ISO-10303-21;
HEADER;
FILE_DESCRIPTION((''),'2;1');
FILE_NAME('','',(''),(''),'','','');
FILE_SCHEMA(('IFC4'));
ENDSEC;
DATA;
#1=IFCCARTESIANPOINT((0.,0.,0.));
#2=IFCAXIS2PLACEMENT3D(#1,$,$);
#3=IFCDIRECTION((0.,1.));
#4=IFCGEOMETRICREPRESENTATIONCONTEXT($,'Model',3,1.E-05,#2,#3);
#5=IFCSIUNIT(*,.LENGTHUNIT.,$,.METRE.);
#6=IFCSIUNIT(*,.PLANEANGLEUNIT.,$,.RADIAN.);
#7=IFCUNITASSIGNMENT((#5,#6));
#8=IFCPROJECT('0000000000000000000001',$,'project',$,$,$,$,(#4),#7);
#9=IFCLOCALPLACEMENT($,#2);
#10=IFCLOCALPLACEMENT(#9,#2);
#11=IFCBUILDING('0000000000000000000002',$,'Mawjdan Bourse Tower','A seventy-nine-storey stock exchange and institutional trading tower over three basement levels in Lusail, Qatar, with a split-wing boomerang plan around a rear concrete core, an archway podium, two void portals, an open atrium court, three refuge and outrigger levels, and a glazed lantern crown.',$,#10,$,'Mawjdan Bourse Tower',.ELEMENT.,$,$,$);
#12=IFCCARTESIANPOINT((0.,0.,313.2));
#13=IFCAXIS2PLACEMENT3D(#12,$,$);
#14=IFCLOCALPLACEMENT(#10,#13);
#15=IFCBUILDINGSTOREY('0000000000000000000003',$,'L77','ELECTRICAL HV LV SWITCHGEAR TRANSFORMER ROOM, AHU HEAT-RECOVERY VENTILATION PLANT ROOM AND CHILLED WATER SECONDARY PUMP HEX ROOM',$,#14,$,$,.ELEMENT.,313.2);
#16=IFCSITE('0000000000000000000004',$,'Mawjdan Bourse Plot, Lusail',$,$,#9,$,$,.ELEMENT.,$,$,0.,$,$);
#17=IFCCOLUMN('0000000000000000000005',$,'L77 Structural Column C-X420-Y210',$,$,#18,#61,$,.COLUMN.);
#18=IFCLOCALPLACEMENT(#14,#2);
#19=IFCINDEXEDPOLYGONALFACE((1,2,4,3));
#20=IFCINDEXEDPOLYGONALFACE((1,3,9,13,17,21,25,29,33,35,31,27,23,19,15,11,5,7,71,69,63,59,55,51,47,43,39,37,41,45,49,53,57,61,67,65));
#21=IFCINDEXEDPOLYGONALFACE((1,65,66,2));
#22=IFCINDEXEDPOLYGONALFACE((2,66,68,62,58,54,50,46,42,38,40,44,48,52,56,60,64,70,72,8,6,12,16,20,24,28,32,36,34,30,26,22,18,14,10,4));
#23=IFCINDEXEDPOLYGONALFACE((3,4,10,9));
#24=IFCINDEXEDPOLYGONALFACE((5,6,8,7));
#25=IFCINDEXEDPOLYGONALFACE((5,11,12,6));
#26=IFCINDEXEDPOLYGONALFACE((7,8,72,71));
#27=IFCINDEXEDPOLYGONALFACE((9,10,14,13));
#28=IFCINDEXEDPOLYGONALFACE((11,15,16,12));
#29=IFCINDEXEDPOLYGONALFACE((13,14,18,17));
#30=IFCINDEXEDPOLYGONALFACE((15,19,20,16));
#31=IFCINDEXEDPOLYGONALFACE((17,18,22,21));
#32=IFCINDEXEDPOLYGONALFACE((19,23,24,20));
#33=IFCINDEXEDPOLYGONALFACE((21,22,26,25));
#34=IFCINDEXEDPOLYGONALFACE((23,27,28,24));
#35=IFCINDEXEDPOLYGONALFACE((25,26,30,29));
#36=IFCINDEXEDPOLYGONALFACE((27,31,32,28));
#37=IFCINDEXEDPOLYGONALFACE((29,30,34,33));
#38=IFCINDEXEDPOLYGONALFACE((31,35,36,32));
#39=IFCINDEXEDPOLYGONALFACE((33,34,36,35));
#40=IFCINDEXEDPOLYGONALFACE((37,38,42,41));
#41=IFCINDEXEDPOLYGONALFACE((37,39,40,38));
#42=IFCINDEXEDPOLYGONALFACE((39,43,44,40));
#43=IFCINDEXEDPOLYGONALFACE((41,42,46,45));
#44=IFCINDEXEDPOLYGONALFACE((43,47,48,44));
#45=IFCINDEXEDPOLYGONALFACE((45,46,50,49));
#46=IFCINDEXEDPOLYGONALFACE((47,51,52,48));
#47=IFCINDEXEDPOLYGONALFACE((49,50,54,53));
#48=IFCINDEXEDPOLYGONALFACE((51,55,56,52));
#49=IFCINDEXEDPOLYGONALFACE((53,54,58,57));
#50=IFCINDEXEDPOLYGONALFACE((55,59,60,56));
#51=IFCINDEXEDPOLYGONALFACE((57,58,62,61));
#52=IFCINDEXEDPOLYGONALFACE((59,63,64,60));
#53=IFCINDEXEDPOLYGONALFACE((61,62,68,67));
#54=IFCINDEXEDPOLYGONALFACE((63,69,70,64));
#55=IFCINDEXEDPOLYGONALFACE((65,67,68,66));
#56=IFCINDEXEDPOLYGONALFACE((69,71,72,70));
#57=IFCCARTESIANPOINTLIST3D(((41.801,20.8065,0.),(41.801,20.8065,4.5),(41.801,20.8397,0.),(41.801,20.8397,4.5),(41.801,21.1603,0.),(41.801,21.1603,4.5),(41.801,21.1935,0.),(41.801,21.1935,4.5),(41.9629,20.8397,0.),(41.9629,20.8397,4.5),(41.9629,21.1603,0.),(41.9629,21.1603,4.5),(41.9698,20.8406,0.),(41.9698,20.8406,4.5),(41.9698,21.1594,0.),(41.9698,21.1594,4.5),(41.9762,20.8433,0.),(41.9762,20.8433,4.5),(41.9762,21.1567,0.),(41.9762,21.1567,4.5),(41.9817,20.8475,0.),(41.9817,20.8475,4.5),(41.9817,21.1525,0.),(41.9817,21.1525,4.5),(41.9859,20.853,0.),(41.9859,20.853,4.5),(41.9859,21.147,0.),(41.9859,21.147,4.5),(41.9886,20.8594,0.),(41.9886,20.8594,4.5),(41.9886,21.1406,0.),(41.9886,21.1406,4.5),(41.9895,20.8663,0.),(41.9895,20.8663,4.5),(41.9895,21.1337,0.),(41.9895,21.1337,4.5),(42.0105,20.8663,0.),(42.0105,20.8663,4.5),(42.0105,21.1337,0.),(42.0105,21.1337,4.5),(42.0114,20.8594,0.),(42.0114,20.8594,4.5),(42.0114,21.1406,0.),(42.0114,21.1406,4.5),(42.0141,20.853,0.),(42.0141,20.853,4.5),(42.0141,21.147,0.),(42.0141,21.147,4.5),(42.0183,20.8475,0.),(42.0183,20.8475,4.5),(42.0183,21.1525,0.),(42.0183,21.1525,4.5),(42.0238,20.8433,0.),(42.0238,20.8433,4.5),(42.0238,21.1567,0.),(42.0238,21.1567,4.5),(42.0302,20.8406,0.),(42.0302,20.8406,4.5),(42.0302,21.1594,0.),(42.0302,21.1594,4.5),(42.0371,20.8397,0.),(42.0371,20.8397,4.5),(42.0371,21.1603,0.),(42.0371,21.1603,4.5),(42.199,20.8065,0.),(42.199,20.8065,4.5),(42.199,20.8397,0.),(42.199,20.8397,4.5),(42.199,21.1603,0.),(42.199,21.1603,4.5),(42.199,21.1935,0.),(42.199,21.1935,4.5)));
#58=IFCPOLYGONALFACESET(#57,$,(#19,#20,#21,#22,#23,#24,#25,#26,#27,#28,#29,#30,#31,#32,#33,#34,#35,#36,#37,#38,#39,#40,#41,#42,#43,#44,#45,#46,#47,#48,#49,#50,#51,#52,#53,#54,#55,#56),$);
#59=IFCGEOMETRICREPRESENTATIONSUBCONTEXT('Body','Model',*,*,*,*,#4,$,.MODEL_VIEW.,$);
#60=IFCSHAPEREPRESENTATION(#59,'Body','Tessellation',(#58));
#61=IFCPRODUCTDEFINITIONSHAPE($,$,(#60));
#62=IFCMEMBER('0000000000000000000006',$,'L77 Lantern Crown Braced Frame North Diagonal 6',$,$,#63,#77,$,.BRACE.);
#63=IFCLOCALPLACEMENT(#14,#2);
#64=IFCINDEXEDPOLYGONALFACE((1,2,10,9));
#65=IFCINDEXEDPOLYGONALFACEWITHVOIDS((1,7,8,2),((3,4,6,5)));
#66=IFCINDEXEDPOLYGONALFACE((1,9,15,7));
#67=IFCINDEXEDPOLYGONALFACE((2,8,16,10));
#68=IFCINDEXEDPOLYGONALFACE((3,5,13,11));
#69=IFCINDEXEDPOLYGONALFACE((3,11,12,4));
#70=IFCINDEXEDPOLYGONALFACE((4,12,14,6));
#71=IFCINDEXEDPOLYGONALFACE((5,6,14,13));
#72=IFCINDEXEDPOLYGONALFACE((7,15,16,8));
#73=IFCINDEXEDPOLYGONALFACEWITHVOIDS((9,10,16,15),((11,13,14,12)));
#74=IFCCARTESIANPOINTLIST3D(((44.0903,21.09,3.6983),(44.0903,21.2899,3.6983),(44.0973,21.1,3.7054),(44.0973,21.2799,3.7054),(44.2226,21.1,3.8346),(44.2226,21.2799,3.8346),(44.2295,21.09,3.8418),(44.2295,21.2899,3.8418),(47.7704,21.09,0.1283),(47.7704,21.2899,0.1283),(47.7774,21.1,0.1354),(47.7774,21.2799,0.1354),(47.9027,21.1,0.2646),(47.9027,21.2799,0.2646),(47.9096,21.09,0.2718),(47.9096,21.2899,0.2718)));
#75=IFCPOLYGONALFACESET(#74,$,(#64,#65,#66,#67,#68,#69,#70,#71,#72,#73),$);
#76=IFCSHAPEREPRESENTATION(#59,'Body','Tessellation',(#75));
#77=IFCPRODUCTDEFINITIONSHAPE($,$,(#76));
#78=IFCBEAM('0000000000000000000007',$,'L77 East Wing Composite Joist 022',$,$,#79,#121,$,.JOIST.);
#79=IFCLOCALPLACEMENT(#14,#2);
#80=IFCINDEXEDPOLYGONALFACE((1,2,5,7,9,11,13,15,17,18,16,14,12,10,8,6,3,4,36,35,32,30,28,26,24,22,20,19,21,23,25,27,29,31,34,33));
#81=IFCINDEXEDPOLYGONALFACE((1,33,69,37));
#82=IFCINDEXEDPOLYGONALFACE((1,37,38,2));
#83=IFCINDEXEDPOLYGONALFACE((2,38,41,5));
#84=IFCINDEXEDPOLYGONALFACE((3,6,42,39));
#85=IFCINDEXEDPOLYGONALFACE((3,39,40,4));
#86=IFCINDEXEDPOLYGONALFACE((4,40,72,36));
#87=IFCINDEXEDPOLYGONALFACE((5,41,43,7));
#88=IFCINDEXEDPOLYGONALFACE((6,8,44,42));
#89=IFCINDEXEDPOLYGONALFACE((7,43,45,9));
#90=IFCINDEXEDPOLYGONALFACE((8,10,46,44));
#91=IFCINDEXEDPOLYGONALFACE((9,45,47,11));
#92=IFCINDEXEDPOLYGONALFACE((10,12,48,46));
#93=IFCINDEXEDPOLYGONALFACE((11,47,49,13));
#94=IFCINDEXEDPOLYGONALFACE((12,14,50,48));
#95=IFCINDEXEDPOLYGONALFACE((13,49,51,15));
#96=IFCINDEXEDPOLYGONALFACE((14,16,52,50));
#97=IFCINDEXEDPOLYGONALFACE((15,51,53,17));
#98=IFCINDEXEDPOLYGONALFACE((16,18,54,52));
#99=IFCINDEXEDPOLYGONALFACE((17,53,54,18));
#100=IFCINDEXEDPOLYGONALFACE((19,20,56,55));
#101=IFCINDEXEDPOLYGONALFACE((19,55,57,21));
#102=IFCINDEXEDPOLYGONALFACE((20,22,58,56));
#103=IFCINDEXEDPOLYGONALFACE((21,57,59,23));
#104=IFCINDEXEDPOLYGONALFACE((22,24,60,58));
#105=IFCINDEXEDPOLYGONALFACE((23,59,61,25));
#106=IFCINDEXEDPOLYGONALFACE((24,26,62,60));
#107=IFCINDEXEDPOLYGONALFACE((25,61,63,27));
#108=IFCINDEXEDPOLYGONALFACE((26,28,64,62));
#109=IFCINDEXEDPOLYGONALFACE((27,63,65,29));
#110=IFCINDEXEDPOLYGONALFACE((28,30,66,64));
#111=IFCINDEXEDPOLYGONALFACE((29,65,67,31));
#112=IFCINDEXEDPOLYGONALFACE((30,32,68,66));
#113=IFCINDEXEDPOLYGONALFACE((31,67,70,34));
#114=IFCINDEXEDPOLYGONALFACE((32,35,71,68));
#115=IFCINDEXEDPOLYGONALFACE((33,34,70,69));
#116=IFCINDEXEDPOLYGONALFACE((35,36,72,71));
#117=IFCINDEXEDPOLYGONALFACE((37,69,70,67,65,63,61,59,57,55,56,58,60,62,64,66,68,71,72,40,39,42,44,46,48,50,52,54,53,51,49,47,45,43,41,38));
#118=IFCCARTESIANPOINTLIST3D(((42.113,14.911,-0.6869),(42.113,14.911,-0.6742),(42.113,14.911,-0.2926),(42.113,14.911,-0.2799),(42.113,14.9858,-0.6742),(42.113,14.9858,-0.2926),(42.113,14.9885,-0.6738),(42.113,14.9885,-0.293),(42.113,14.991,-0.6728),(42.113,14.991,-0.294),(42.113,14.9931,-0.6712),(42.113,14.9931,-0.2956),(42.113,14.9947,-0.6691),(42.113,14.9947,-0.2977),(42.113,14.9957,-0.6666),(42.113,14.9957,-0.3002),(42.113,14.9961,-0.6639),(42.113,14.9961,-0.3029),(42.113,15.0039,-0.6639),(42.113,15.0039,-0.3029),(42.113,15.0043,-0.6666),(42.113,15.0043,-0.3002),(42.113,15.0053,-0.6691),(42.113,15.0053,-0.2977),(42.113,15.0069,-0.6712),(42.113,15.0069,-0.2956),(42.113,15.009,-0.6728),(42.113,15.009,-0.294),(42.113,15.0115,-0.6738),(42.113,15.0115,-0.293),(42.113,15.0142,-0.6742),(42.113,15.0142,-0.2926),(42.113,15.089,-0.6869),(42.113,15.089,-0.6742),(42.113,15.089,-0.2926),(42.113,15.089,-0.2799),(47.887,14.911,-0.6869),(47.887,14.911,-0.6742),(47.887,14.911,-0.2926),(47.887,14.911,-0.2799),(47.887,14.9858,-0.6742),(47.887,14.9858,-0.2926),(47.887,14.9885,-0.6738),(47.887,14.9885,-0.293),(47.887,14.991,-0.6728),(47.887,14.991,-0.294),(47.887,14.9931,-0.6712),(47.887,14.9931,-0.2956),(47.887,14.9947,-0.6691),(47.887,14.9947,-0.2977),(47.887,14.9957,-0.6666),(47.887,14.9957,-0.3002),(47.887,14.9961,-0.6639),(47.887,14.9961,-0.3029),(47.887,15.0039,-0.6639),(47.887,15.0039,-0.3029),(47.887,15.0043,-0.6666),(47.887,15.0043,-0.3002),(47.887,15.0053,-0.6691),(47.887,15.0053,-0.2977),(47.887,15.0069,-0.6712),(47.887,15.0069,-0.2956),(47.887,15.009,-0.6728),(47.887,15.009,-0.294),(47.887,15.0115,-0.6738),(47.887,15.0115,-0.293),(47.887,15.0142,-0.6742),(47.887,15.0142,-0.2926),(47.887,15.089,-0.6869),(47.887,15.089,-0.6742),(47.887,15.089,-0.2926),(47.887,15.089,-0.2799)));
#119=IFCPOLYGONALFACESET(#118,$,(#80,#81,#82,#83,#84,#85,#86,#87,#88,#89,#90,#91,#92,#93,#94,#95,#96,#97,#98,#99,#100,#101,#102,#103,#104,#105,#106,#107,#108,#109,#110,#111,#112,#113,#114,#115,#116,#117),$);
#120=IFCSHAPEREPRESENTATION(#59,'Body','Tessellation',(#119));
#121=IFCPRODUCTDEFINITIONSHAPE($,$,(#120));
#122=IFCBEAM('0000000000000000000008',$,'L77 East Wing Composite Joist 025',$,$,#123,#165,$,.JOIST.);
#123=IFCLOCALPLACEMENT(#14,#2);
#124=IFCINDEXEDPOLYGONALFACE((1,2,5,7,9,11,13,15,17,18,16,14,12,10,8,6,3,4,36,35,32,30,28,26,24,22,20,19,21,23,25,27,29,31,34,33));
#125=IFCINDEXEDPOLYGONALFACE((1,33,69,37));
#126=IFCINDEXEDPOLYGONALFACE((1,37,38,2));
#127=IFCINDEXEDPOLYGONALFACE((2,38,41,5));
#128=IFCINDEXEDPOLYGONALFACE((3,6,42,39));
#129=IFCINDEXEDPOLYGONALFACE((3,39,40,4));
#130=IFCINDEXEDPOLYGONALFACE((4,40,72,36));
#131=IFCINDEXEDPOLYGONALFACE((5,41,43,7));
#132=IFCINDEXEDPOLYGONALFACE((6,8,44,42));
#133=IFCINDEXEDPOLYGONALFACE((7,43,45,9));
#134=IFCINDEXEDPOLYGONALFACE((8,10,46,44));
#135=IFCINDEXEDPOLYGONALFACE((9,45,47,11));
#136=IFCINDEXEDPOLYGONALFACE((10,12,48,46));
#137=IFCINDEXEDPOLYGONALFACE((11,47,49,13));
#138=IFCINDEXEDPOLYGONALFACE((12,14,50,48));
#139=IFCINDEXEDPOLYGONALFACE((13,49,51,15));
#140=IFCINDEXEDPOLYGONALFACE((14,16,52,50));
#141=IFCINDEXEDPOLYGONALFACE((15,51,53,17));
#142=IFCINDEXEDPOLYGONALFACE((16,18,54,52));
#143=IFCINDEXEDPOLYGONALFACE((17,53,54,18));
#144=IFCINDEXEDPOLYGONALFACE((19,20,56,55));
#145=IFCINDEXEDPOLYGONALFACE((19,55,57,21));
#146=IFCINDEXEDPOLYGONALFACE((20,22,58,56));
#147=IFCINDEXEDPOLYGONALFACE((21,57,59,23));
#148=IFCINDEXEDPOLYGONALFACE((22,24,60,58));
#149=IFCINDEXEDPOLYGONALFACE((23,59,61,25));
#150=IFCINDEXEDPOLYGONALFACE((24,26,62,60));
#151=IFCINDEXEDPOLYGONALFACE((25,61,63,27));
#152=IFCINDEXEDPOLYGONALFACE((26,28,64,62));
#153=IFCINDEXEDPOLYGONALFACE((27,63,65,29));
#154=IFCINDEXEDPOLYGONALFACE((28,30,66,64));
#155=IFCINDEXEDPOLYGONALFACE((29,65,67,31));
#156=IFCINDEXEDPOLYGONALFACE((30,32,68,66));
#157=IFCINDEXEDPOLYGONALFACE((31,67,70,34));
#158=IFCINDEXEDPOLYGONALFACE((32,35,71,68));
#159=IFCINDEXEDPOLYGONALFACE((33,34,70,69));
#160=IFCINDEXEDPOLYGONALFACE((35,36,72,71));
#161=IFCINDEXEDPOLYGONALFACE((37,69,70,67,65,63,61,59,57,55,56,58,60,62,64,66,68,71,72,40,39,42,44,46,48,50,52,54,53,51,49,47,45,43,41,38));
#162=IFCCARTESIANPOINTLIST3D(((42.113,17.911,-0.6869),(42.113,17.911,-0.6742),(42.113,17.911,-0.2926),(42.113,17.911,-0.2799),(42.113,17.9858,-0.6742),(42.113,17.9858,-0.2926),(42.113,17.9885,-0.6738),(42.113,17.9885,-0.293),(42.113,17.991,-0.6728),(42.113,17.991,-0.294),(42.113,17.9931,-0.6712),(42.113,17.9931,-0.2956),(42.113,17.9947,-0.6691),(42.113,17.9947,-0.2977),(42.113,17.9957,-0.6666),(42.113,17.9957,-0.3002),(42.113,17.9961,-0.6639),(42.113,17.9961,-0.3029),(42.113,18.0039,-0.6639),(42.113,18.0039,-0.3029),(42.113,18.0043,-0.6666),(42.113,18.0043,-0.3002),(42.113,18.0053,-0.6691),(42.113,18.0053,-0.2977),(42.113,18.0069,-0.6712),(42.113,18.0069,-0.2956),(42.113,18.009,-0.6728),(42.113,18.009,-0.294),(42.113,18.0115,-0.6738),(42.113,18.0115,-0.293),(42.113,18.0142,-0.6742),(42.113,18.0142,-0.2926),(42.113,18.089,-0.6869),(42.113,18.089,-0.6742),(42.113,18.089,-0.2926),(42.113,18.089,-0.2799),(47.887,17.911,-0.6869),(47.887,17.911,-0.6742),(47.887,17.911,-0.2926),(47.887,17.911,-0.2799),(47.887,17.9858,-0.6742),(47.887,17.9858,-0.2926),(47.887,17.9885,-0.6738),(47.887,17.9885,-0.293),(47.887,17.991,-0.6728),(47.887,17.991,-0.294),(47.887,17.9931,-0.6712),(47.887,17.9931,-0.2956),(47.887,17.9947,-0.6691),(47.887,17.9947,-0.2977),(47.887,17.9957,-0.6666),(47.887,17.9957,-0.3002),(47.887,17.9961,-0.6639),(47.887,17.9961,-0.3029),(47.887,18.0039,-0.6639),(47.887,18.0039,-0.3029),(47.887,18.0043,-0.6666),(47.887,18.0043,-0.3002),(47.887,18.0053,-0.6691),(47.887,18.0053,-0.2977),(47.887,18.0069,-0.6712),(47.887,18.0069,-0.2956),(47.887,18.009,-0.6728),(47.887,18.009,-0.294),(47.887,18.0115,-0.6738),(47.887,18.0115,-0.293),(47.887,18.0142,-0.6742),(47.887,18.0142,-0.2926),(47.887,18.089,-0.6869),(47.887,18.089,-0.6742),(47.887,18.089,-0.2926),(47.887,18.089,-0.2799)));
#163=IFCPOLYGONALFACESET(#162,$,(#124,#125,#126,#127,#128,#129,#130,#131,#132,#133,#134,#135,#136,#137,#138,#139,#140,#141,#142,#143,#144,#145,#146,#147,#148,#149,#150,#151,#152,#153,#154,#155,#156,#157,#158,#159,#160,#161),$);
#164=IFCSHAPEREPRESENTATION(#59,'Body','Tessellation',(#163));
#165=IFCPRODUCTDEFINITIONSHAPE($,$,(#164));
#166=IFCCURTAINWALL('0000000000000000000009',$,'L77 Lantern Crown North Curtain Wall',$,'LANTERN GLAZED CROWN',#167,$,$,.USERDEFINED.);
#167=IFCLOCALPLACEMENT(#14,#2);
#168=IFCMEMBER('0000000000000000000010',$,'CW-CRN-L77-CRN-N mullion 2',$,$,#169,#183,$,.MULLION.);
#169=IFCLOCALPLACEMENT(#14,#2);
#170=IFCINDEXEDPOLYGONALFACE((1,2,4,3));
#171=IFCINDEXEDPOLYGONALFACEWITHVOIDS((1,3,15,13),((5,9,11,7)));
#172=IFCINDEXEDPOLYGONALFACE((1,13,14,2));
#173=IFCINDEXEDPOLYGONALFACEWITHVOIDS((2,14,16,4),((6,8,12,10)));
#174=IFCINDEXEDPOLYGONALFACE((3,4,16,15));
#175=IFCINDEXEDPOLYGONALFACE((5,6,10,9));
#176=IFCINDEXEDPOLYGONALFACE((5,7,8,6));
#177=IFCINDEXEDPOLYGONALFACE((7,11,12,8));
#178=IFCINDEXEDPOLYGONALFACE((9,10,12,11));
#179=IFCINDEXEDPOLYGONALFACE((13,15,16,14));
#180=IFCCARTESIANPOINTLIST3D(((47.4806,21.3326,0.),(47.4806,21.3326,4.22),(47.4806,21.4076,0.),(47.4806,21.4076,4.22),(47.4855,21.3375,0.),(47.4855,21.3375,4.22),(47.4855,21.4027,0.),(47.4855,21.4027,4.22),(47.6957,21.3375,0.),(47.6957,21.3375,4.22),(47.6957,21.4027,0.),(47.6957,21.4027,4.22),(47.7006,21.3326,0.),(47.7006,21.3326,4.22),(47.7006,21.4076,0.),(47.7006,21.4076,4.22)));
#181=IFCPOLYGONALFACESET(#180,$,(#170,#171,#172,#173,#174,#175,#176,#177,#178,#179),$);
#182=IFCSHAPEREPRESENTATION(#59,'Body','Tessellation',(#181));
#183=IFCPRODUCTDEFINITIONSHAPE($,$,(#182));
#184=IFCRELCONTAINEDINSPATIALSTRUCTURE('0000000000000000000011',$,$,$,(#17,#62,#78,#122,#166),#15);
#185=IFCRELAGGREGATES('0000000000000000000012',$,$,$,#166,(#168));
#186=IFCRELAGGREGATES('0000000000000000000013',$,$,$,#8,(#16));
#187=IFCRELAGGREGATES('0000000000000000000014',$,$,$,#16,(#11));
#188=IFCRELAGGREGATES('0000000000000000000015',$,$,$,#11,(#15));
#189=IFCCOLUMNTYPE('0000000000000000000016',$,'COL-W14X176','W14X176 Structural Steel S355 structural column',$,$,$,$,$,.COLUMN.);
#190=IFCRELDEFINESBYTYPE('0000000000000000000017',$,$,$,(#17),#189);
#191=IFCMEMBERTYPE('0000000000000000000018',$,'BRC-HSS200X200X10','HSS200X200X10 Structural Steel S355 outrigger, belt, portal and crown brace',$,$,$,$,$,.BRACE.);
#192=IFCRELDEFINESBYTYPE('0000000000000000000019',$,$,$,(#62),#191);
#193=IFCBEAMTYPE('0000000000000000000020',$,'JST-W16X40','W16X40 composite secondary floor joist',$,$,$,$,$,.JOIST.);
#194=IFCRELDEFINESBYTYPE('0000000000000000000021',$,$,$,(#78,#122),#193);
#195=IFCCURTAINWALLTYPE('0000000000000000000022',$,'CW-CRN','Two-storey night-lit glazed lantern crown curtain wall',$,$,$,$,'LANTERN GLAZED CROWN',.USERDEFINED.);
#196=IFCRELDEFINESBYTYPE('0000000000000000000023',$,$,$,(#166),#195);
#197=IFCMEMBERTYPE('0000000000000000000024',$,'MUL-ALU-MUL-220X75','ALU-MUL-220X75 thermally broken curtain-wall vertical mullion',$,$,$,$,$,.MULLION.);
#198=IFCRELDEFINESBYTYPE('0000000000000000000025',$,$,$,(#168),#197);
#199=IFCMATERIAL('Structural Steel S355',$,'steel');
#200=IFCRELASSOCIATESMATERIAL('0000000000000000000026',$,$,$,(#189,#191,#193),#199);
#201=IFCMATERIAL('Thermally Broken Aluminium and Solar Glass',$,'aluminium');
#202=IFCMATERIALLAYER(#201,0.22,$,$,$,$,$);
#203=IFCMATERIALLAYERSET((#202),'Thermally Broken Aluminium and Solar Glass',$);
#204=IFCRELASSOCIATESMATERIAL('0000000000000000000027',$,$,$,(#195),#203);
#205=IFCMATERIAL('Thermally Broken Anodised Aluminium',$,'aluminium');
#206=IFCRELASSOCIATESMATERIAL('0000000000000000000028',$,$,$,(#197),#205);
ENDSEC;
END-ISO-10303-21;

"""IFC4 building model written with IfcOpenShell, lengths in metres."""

from ifc_helpers import new_model, si_unit, direction, frame, origin, origin_2d, place, context, subcontext, project, spatial, hollow_rectangle, i_section, extrude, material, layer, layer_set, material_profile, profile_set, type_object, element, aggregate, save


model = new_model("IFC4")

# Units and contexts
model_context = context("Model", 3, precision=1e-05, world=origin(), true_north=direction((0.0, 1.0)))
body_context = subcontext(model_context, "Body", "Model", "MODEL_VIEW")
ifc_project = project(units=[si_unit("LENGTHUNIT", "METRE"), si_unit("PLANEANGLEUNIT", "RADIAN")], contexts=[model_context])

# Site, building, storey
site_placement = place(None, origin())
site = spatial("IfcSite", under=ifc_project, at=site_placement, Name="Mawjdan Bourse Plot, Lusail", CompositionType="ELEMENT", RefElevation=0.0)
building_placement = place(site_placement, origin())
building = spatial("IfcBuilding", under=site, at=building_placement, Name="Mawjdan Bourse Tower", Description="A seventy-nine-storey stock exchange and institutional trading tower over three basement levels in Lusail, Qatar, with a split-wing boomerang plan around a rear concrete core, an archway podium, two void portals, an open atrium court, three refuge and outrigger levels, and a glazed lantern crown.", LongName="Mawjdan Bourse Tower", CompositionType="ELEMENT")
storey_placement = place(building_placement, frame((0.0, 0.0, 313.2)))
storey = spatial("IfcBuildingStorey", under=building, at=storey_placement, Name="L77", Description="ELECTRICAL HV LV SWITCHGEAR TRANSFORMER ROOM, AHU HEAT-RECOVERY VENTILATION PLANT ROOM AND CHILLED WATER SECONDARY PUMP HEX ROOM", CompositionType="ELEMENT", Elevation=313.2)

# Column
ifc_material_1 = material(Name="Structural Steel S355", Category="steel")
ifc_material_profile_1 = material_profile(ifc_material_1, i_section(OverallWidth=0.3979, OverallDepth=0.387, WebThickness=0.021, FlangeThickness=0.0332, FilletRadius=0.0266, at=origin_2d()), Name="W14X176")
ifc_profile_set_1 = profile_set([ifc_material_profile_1], Name="Structural Steel S355")
column_type = type_object("IfcColumnType", Name="COL-W14X176", Description="W14X176 Structural Steel S355 structural column", PredefinedType="COLUMN", material=ifc_profile_set_1)
column_placement = place(storey_placement, frame((42.0, 21.0, 0.0), z_axis=(0.0, 0.0, 1.0), x_axis=(1.0, 0.0, 0.0)))
element("IfcColumn", 1, at=column_placement, inside=storey, type_object=column_type, Name="L77 Structural Column C-X420-Y210", PredefinedType="COLUMN", context=body_context, shape_type="SweptSolid", body=[
    extrude(i_section(OverallWidth=0.3979, OverallDepth=0.387, WebThickness=0.021, FlangeThickness=0.0332, FilletRadius=0.0266, at=origin_2d()), origin(), (0.0, 0.0, 1.0), 4.5),
])

# Member
ifc_material_profile_2 = material_profile(ifc_material_1, hollow_rectangle(XDim=0.2, YDim=0.2, WallThickness=0.01, at=origin_2d()), Name="HSS200X200X10")
ifc_profile_set_2 = profile_set([ifc_material_profile_2], Name="Structural Steel S355")
member_type_1 = type_object("IfcMemberType", Name="BRC-HSS200X200X10", Description="HSS200X200X10 Structural Steel S355 outrigger, belt, portal and crown brace", PredefinedType="BRACE", material=ifc_profile_set_2)
member_1_placement = place(storey_placement, frame((44.1599, 21.1899, 3.77), z_axis=(0.717763, 0.0, -0.696288), x_axis=(0.0, 1.0, 0.0)))
element("IfcMember", 2, at=member_1_placement, inside=storey, type_object=member_type_1, Name="L77 Lantern Crown Braced Frame North Diagonal 6", PredefinedType="BRACE", context=body_context, shape_type="SweptSolid", body=[
    extrude(hollow_rectangle(XDim=0.2, YDim=0.2, WallThickness=0.01, at=origin_2d()), origin(), (0.0, 0.0, 1.0), 5.1272),
])

# Beams
ifc_material_profile_3 = material_profile(ifc_material_1, i_section(OverallWidth=0.178, OverallDepth=0.407, WebThickness=0.0078, FlangeThickness=0.0127, FilletRadius=0.0103, at=origin_2d()), Name="W16X40")
ifc_profile_set_3 = profile_set([ifc_material_profile_3], Name="Structural Steel S355")
beam_type_1 = type_object("IfcBeamType", Name="JST-W16X40", Description="W16X40 composite secondary floor joist", PredefinedType="JOIST", material=ifc_profile_set_3)
for number, where, z_axis, x_axis, name in (
    (3, (42.113, 15.0, -0.4834), (1.0, 0.0, 0.0), (0.0, 1.0, 0.0), "L77 East Wing Composite Joist 022"),
    (4, (42.113, 18.0, -0.4834), (1.0, 0.0, 0.0), (0.0, 1.0, 0.0), "L77 East Wing Composite Joist 025"),
):
    element("IfcBeam", number, at=place(storey_placement, frame(where, z_axis=z_axis, x_axis=x_axis)), inside=storey, type_object=beam_type_1, Name=name, PredefinedType="JOIST", context=body_context, shape_type="SweptSolid", body=[
        extrude(i_section(OverallWidth=0.178, OverallDepth=0.407, WebThickness=0.0078, FlangeThickness=0.0127, FilletRadius=0.0103, at=origin_2d()), origin(), (0.0, 0.0, 1.0), 5.7739),
    ])

# Curtain wall, member
ifc_material_2 = material(Name="Thermally Broken Aluminium and Solar Glass", Category="aluminium")
ifc_layer_1 = layer(ifc_material_2, 0.22)
ifc_layer_set_1 = layer_set([ifc_layer_1], Name="Thermally Broken Aluminium and Solar Glass")
curtain_wall_type = type_object("IfcCurtainWallType", Name="CW-CRN", Description="Two-storey night-lit glazed lantern crown curtain wall", ElementType="LANTERN GLAZED CROWN", PredefinedType="USERDEFINED", material=ifc_layer_set_1)
curtain_wall_placement = place(storey_placement, origin())
curtain_wall = element("IfcCurtainWall", 5, at=curtain_wall_placement, inside=storey, type_object=curtain_wall_type, Name="L77 Lantern Crown North Curtain Wall", ObjectType="LANTERN GLAZED CROWN", PredefinedType="USERDEFINED")
ifc_material_3 = material(Name="Thermally Broken Anodised Aluminium", Category="aluminium")
ifc_material_profile_4 = material_profile(ifc_material_3, hollow_rectangle(XDim=0.075, YDim=0.22, WallThickness=0.0049, at=origin_2d()), Name="ALU-MUL-220X75")
ifc_profile_set_4 = profile_set([ifc_material_profile_4], Name="Thermally Broken Anodised Aluminium")
member_type_2 = type_object("IfcMemberType", Name="MUL-ALU-MUL-220X75", Description="ALU-MUL-220X75 thermally broken curtain-wall vertical mullion", PredefinedType="MULLION", material=ifc_profile_set_4)
member_2_placement = place(storey_placement, frame((47.5906, 21.3701, 0.0), z_axis=(0.0, 0.0, 1.0), x_axis=(0.0, -1.0, 0.0)))
member_2 = element("IfcMember", 6, at=member_2_placement, type_object=member_type_2, Name="CW-CRN-L77-CRN-N mullion 2", PredefinedType="MULLION", context=body_context, shape_type="SweptSolid", body=[
    extrude(hollow_rectangle(XDim=0.075, YDim=0.22, WallThickness=0.0049, at=origin_2d()), origin(), (0.0, 0.0, 1.0), 4.22),
])

aggregate(curtain_wall, [member_2])

save(model, "model.ifc")
